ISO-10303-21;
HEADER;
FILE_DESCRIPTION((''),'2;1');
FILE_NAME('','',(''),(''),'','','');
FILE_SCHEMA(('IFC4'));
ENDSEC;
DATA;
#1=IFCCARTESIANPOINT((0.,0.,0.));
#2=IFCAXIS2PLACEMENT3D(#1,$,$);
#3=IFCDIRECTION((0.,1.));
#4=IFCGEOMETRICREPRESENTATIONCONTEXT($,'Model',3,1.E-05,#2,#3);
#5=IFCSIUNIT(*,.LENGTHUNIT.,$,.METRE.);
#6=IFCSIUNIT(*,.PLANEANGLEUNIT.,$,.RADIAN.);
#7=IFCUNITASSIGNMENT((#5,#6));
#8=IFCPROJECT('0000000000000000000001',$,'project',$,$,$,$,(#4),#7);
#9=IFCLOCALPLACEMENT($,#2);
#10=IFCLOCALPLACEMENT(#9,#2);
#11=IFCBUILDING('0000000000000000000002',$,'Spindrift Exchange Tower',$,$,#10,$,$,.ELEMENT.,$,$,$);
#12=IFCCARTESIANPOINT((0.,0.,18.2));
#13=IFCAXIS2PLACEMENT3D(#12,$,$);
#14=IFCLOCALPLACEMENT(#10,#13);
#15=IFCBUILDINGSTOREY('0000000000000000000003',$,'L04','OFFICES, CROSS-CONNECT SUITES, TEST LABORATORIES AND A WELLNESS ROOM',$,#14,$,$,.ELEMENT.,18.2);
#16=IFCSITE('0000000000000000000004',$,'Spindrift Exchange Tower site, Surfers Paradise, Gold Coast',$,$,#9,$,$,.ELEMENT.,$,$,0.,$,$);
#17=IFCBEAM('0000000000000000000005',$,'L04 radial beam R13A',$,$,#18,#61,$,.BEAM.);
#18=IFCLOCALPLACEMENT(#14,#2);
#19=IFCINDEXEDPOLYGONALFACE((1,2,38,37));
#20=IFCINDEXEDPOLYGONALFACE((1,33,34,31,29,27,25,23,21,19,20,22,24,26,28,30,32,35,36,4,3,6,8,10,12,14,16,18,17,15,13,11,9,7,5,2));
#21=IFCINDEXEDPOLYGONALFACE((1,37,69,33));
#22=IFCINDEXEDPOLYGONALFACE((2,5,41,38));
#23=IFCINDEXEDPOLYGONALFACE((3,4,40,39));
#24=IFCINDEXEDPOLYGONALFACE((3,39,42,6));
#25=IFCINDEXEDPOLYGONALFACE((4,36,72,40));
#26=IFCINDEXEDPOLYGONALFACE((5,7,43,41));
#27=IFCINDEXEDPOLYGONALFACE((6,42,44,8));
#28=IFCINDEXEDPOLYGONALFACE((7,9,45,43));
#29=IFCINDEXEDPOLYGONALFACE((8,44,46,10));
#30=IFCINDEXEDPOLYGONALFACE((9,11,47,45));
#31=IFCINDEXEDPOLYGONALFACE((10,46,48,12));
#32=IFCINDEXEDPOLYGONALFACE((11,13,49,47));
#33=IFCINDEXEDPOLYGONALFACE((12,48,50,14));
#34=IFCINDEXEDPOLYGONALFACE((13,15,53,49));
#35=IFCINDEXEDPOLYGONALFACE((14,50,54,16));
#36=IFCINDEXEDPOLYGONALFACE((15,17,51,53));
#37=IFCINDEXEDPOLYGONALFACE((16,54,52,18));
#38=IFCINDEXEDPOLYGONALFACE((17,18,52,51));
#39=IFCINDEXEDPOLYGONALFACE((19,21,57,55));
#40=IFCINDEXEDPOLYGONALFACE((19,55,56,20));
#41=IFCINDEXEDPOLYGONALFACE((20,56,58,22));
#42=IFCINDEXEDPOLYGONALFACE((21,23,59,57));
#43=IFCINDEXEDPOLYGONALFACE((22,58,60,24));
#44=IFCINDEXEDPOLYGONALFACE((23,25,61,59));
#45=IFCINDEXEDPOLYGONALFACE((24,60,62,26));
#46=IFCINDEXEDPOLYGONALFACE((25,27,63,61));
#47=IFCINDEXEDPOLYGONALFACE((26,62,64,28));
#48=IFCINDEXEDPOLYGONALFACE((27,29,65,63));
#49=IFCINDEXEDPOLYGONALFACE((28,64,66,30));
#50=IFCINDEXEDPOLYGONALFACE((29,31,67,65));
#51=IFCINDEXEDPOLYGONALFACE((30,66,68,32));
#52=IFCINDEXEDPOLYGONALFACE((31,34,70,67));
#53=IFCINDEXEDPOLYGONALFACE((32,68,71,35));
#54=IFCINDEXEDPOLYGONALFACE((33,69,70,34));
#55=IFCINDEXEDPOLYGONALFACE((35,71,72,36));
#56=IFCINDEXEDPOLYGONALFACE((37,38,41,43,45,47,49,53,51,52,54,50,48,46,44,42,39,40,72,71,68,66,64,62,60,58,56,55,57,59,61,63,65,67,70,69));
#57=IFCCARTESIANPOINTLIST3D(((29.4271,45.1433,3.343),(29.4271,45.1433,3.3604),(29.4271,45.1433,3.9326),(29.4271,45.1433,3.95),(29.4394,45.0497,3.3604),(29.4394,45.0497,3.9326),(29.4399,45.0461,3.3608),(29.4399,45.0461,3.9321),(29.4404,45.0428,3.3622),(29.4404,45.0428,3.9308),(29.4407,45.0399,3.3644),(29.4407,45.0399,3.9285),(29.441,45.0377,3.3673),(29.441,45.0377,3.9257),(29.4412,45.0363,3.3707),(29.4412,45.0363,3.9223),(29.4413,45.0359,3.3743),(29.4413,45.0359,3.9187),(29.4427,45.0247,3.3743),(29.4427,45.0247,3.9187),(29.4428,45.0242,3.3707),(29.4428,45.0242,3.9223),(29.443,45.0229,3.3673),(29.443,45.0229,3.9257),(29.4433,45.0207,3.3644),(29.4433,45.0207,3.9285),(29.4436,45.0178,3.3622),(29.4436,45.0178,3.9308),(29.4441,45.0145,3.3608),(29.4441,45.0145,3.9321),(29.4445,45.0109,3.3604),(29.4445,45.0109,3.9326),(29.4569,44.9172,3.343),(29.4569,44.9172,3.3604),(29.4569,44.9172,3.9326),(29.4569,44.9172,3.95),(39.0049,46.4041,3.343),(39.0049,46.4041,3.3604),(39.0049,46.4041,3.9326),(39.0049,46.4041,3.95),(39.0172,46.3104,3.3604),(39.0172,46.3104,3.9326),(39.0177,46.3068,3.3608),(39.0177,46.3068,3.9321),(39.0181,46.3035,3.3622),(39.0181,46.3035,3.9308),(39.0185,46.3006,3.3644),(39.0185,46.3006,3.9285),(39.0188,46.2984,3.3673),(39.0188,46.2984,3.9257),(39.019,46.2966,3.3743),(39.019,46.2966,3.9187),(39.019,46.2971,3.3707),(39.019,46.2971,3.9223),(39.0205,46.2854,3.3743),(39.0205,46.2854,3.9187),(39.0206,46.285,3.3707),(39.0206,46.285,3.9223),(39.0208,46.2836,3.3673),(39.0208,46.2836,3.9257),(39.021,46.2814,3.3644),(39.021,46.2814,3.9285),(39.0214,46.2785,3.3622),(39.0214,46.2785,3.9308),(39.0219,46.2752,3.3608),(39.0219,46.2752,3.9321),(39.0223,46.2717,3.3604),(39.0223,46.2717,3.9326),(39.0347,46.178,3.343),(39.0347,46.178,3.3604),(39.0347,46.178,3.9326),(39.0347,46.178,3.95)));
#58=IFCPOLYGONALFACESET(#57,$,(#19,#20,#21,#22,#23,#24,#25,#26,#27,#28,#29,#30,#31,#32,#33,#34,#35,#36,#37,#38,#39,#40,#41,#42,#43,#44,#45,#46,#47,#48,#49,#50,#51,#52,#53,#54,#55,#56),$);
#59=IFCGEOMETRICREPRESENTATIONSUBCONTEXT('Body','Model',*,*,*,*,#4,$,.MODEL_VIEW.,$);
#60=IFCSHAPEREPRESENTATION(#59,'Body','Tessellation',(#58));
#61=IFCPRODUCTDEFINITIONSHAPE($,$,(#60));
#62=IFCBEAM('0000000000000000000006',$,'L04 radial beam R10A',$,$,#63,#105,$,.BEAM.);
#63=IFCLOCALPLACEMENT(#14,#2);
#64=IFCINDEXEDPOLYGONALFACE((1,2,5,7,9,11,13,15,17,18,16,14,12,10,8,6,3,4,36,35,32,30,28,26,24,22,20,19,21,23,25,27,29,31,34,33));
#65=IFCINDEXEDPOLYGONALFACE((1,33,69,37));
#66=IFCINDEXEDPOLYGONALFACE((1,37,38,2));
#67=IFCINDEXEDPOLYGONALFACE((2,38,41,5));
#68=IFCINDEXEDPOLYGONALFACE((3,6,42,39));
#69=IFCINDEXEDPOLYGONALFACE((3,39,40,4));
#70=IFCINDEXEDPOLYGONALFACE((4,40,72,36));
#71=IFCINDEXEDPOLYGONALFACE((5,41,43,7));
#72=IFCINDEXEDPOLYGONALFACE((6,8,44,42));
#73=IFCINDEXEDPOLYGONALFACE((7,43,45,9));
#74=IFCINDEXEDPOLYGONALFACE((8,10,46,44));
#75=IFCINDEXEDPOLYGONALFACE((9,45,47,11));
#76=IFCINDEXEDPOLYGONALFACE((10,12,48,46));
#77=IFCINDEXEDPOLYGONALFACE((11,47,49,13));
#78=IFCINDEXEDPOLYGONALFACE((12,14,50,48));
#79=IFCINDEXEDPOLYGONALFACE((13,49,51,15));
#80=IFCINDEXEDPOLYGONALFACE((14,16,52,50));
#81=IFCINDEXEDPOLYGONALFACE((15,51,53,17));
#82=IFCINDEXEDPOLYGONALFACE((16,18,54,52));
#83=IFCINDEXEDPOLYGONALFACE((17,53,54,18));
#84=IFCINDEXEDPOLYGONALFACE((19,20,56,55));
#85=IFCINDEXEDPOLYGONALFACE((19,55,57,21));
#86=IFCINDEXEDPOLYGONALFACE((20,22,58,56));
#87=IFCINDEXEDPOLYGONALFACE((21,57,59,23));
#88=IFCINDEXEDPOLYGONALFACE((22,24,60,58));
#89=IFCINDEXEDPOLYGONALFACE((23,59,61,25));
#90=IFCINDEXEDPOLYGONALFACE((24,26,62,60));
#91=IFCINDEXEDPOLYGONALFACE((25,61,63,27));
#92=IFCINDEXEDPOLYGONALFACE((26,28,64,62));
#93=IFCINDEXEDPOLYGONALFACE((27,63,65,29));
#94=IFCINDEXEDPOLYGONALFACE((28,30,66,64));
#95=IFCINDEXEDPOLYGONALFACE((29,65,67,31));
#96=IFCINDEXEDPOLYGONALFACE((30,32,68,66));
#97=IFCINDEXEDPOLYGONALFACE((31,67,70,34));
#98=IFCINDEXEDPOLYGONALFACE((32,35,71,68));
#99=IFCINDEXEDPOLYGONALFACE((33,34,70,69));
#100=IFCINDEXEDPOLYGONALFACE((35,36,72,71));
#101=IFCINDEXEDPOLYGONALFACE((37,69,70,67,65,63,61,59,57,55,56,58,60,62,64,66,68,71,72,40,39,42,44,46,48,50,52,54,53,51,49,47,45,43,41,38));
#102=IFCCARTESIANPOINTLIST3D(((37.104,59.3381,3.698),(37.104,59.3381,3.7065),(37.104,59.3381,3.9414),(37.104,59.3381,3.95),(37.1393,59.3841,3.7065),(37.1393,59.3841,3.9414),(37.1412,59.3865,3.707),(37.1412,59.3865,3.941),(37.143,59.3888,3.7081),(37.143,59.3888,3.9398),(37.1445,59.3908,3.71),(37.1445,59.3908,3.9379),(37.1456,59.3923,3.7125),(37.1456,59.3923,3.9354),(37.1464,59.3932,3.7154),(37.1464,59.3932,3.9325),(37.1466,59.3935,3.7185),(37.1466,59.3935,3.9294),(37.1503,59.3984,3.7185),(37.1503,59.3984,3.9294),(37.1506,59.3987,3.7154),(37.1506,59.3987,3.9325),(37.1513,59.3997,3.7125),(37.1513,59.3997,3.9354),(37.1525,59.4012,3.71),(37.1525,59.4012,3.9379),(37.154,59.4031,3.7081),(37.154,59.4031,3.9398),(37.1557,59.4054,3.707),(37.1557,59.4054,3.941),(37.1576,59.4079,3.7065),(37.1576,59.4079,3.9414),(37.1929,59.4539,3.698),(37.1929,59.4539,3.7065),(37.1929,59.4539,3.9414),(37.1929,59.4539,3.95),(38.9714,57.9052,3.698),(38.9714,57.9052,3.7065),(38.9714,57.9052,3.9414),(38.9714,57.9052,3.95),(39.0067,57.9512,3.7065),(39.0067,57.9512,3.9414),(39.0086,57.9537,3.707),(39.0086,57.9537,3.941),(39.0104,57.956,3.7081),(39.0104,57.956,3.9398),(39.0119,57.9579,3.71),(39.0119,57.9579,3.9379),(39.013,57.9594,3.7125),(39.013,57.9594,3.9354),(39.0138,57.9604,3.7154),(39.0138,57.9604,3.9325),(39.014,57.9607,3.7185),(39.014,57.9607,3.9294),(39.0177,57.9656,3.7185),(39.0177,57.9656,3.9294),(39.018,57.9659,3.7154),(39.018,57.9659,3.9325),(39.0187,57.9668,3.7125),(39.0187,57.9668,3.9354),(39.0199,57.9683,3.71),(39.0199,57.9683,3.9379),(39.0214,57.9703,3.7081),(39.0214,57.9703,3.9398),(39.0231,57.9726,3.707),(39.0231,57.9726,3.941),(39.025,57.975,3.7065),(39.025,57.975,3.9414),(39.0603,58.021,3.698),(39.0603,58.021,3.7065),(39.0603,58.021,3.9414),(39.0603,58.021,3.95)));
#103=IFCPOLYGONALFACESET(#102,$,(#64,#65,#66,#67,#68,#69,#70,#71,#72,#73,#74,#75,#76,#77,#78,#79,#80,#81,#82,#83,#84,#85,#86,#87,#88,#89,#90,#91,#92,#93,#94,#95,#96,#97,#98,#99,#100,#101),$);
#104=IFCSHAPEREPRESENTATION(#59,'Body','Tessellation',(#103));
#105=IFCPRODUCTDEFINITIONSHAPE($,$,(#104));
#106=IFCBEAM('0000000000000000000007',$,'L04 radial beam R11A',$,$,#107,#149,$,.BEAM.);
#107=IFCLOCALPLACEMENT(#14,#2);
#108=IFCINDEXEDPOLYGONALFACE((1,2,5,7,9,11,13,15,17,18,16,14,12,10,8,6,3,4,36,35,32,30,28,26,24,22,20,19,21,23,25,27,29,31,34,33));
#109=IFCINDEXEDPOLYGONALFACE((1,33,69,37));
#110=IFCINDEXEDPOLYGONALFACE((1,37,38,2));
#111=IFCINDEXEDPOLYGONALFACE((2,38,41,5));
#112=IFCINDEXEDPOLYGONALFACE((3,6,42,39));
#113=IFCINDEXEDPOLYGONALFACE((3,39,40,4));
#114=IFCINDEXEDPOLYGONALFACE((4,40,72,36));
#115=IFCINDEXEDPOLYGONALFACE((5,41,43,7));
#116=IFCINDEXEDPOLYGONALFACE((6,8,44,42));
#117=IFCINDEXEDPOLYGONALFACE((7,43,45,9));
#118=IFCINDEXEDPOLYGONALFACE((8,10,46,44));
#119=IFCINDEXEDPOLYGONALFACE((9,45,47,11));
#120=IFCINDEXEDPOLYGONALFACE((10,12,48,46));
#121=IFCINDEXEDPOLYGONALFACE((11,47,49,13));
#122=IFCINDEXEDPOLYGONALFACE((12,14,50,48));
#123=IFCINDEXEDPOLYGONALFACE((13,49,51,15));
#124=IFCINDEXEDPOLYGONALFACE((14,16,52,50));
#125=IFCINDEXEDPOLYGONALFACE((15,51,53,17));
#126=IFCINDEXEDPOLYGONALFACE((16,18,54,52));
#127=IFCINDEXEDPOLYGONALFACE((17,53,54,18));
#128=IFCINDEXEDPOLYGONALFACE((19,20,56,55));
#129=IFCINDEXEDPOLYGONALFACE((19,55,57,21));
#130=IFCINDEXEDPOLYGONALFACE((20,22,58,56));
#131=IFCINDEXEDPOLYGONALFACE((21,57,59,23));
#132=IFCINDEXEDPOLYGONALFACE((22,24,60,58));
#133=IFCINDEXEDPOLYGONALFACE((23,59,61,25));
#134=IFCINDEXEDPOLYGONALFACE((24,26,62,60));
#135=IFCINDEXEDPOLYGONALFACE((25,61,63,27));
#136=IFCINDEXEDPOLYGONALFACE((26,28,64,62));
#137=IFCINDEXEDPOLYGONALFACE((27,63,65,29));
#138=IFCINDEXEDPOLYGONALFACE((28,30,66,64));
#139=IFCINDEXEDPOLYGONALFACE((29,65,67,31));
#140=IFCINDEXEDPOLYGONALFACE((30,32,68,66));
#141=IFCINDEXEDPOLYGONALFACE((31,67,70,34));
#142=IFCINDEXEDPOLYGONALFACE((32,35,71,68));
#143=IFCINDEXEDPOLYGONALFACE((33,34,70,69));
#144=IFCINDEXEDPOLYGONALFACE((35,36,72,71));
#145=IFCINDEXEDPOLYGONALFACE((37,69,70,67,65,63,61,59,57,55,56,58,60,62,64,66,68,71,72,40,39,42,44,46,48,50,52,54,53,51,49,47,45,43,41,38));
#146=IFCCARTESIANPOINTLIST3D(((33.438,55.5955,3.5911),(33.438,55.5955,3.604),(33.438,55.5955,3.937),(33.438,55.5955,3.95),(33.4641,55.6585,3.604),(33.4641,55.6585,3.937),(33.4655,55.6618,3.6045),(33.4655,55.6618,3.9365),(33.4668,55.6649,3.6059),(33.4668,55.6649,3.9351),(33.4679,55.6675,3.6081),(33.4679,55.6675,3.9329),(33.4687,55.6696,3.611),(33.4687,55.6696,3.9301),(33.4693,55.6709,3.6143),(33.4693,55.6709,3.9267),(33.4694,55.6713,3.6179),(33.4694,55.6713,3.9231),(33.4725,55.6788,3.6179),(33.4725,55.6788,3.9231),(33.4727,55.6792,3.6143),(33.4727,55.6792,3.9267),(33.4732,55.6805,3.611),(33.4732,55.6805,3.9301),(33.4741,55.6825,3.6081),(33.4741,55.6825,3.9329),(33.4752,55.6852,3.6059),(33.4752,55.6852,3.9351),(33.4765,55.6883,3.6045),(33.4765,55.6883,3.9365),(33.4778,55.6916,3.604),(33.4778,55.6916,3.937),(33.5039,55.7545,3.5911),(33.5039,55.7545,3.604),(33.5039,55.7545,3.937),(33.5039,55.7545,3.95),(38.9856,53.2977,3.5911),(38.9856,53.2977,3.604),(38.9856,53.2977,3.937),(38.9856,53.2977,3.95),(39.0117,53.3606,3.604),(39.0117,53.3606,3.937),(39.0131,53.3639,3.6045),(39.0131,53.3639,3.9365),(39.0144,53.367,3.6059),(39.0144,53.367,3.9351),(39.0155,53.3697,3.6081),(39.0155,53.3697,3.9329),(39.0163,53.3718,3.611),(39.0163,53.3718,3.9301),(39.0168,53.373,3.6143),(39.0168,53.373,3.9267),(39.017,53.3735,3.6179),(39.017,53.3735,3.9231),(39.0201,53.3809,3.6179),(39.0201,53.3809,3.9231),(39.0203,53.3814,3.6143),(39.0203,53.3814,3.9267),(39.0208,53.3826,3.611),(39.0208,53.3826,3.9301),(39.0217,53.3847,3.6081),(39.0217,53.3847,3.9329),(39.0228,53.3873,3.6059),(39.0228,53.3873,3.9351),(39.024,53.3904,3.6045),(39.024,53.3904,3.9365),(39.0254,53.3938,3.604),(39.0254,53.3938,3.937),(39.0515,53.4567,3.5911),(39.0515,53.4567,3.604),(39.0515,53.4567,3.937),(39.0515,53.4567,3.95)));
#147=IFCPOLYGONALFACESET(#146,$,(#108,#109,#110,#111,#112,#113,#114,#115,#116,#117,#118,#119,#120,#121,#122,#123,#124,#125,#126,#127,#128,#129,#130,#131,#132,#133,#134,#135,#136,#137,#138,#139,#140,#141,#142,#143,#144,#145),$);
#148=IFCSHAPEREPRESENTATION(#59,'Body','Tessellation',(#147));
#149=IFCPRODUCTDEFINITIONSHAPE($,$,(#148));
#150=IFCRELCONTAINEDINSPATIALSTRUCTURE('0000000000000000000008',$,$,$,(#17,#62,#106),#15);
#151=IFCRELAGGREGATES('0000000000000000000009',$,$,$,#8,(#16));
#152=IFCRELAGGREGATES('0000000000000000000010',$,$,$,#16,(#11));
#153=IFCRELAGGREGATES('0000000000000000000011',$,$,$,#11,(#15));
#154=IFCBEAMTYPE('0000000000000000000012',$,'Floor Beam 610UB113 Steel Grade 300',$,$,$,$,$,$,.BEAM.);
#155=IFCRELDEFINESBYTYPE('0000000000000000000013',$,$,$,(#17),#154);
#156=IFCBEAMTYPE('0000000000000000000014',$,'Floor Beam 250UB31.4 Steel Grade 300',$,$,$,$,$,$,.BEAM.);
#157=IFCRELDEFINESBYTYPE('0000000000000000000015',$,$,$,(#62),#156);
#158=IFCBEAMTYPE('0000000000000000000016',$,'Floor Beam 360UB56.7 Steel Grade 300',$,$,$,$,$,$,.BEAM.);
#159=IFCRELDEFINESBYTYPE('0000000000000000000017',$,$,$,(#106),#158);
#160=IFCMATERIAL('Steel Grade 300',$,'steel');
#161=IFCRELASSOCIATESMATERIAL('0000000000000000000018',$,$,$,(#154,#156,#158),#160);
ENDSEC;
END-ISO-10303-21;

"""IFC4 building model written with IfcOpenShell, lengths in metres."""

from ifc_helpers import new_model, si_unit, direction, frame, origin, origin_2d, place, context, subcontext, project, spatial, i_section, extrude, source, transform, mapped, material, material_profile, profile_set, type_object, element, save


model = new_model("IFC4")

# Units and contexts
model_context = context("Model", 3, precision=1e-05, world=origin(), true_north=direction((0.0, 1.0)))
body_context = subcontext(model_context, "Body", "Model", "MODEL_VIEW")
ifc_project = project(units=[si_unit("LENGTHUNIT", "METRE"), si_unit("PLANEANGLEUNIT", "RADIAN")], contexts=[model_context])

# Site, building, storey
site_placement = place(None, origin())
site = spatial("IfcSite", under=ifc_project, at=site_placement, Name="Spindrift Exchange Tower site, Surfers Paradise, Gold Coast", CompositionType="ELEMENT", RefElevation=0.0)
building_placement = place(site_placement, origin())
building = spatial("IfcBuilding", under=site, at=building_placement, Name="Spindrift Exchange Tower", CompositionType="ELEMENT")
storey_placement = place(building_placement, frame((0.0, 0.0, 18.2)))
storey = spatial("IfcBuildingStorey", under=building, at=storey_placement, Name="L04", Description="OFFICES, CROSS-CONNECT SUITES, TEST LABORATORIES AND A WELLNESS ROOM", CompositionType="ELEMENT", Elevation=18.2)

# Beams
ifc_material_1 = material(Name="Steel Grade 300", Category="steel")
ifc_material_profile_1 = material_profile(ifc_material_1, i_section(OverallWidth=0.228, OverallDepth=0.6069, WebThickness=0.0112, FlangeThickness=0.0173, FilletRadius=0.0139, at=origin_2d()), Name="610UB113")
ifc_profile_set_1 = profile_set([ifc_material_profile_1], Name="Steel Grade 300")
beam_type_1 = type_object("IfcBeamType", Name="Floor Beam 610UB113 Steel Grade 300", PredefinedType="BEAM", material=ifc_profile_set_1)
shared_shape_1 = source(origin(), body_context, "Body", "SweptSolid", [
    extrude(i_section(OverallWidth=0.228, OverallDepth=0.6069, WebThickness=0.0112, FlangeThickness=0.0173, FilletRadius=0.0139, at=origin_2d()), origin(), (0.0, 0.0, 1.0), 9.6604),
])
beam_1_placement = place(storey_placement, frame((39.0198, 46.291, 3.6465), z_axis=(-0.991448, -0.130505, 0.0), x_axis=(0.130505, -0.991448, 0.0)))
element("IfcBeam", 1, at=beam_1_placement, inside=storey, type_object=beam_type_1, Name="L04 radial beam R13A", PredefinedType="BEAM", context=body_context, shape_type="MappedRepresentation", body=[
    mapped(shared_shape_1, transform((0.0, 0.0, 0.0), scale=1.0)),
])
ifc_material_profile_2 = material_profile(ifc_material_1, i_section(OverallWidth=0.146, OverallDepth=0.252, WebThickness=0.0061, FlangeThickness=0.0085, FilletRadius=0.012, at=origin_2d()), Name="250UB31.4")
ifc_profile_set_2 = profile_set([ifc_material_profile_2], Name="Steel Grade 300")
beam_type_2 = type_object("IfcBeamType", Name="Floor Beam 250UB31.4 Steel Grade 300", PredefinedType="BEAM", material=ifc_profile_set_2)
shared_shape_2 = source(origin(), body_context, "Body", "SweptSolid", [
    extrude(i_section(OverallWidth=0.146, OverallDepth=0.252, WebThickness=0.0061, FlangeThickness=0.0085, FilletRadius=0.012, at=origin_2d()), origin(), (0.0, 0.0, 1.0), 2.3538),
])
beam_2_placement = place(storey_placement, frame((39.0159, 57.9631, 3.824), z_axis=(-0.793368, 0.608743, 0.0), x_axis=(-0.608743, -0.793368, 0.0)))
element("IfcBeam", 2, at=beam_2_placement, inside=storey, type_object=beam_type_2, Name="L04 radial beam R10A", PredefinedType="BEAM", context=body_context, shape_type="MappedRepresentation", body=[
    mapped(shared_shape_2, transform((0.0, 0.0, 0.0), scale=1.0)),
])
ifc_material_profile_3 = material_profile(ifc_material_1, i_section(OverallWidth=0.1721, OverallDepth=0.3589, WebThickness=0.0081, FlangeThickness=0.0129, FilletRadius=0.0139, at=origin_2d()), Name="360UB56.7")
ifc_profile_set_3 = profile_set([ifc_material_profile_3], Name="Steel Grade 300")
beam_type_3 = type_object("IfcBeamType", Name="Floor Beam 360UB56.7 Steel Grade 300", PredefinedType="BEAM", material=ifc_profile_set_3)
shared_shape_3 = source(origin(), body_context, "Body", "SweptSolid", [
    extrude(i_section(OverallWidth=0.1721, OverallDepth=0.3589, WebThickness=0.0081, FlangeThickness=0.0129, FilletRadius=0.0139, at=origin_2d()), origin(), (0.0, 0.0, 1.0), 6.0046),
])
beam_3_placement = place(storey_placement, frame((39.0186, 53.3772, 3.7705), z_axis=(-0.923882, 0.382677, 0.0), x_axis=(-0.382677, -0.923882, 0.0)))
element("IfcBeam", 3, at=beam_3_placement, inside=storey, type_object=beam_type_3, Name="L04 radial beam R11A", PredefinedType="BEAM", context=body_context, shape_type="MappedRepresentation", body=[
    mapped(shared_shape_3, transform((0.0, 0.0, 0.0), scale=1.0)),
])

save(model, "model.ifc")
